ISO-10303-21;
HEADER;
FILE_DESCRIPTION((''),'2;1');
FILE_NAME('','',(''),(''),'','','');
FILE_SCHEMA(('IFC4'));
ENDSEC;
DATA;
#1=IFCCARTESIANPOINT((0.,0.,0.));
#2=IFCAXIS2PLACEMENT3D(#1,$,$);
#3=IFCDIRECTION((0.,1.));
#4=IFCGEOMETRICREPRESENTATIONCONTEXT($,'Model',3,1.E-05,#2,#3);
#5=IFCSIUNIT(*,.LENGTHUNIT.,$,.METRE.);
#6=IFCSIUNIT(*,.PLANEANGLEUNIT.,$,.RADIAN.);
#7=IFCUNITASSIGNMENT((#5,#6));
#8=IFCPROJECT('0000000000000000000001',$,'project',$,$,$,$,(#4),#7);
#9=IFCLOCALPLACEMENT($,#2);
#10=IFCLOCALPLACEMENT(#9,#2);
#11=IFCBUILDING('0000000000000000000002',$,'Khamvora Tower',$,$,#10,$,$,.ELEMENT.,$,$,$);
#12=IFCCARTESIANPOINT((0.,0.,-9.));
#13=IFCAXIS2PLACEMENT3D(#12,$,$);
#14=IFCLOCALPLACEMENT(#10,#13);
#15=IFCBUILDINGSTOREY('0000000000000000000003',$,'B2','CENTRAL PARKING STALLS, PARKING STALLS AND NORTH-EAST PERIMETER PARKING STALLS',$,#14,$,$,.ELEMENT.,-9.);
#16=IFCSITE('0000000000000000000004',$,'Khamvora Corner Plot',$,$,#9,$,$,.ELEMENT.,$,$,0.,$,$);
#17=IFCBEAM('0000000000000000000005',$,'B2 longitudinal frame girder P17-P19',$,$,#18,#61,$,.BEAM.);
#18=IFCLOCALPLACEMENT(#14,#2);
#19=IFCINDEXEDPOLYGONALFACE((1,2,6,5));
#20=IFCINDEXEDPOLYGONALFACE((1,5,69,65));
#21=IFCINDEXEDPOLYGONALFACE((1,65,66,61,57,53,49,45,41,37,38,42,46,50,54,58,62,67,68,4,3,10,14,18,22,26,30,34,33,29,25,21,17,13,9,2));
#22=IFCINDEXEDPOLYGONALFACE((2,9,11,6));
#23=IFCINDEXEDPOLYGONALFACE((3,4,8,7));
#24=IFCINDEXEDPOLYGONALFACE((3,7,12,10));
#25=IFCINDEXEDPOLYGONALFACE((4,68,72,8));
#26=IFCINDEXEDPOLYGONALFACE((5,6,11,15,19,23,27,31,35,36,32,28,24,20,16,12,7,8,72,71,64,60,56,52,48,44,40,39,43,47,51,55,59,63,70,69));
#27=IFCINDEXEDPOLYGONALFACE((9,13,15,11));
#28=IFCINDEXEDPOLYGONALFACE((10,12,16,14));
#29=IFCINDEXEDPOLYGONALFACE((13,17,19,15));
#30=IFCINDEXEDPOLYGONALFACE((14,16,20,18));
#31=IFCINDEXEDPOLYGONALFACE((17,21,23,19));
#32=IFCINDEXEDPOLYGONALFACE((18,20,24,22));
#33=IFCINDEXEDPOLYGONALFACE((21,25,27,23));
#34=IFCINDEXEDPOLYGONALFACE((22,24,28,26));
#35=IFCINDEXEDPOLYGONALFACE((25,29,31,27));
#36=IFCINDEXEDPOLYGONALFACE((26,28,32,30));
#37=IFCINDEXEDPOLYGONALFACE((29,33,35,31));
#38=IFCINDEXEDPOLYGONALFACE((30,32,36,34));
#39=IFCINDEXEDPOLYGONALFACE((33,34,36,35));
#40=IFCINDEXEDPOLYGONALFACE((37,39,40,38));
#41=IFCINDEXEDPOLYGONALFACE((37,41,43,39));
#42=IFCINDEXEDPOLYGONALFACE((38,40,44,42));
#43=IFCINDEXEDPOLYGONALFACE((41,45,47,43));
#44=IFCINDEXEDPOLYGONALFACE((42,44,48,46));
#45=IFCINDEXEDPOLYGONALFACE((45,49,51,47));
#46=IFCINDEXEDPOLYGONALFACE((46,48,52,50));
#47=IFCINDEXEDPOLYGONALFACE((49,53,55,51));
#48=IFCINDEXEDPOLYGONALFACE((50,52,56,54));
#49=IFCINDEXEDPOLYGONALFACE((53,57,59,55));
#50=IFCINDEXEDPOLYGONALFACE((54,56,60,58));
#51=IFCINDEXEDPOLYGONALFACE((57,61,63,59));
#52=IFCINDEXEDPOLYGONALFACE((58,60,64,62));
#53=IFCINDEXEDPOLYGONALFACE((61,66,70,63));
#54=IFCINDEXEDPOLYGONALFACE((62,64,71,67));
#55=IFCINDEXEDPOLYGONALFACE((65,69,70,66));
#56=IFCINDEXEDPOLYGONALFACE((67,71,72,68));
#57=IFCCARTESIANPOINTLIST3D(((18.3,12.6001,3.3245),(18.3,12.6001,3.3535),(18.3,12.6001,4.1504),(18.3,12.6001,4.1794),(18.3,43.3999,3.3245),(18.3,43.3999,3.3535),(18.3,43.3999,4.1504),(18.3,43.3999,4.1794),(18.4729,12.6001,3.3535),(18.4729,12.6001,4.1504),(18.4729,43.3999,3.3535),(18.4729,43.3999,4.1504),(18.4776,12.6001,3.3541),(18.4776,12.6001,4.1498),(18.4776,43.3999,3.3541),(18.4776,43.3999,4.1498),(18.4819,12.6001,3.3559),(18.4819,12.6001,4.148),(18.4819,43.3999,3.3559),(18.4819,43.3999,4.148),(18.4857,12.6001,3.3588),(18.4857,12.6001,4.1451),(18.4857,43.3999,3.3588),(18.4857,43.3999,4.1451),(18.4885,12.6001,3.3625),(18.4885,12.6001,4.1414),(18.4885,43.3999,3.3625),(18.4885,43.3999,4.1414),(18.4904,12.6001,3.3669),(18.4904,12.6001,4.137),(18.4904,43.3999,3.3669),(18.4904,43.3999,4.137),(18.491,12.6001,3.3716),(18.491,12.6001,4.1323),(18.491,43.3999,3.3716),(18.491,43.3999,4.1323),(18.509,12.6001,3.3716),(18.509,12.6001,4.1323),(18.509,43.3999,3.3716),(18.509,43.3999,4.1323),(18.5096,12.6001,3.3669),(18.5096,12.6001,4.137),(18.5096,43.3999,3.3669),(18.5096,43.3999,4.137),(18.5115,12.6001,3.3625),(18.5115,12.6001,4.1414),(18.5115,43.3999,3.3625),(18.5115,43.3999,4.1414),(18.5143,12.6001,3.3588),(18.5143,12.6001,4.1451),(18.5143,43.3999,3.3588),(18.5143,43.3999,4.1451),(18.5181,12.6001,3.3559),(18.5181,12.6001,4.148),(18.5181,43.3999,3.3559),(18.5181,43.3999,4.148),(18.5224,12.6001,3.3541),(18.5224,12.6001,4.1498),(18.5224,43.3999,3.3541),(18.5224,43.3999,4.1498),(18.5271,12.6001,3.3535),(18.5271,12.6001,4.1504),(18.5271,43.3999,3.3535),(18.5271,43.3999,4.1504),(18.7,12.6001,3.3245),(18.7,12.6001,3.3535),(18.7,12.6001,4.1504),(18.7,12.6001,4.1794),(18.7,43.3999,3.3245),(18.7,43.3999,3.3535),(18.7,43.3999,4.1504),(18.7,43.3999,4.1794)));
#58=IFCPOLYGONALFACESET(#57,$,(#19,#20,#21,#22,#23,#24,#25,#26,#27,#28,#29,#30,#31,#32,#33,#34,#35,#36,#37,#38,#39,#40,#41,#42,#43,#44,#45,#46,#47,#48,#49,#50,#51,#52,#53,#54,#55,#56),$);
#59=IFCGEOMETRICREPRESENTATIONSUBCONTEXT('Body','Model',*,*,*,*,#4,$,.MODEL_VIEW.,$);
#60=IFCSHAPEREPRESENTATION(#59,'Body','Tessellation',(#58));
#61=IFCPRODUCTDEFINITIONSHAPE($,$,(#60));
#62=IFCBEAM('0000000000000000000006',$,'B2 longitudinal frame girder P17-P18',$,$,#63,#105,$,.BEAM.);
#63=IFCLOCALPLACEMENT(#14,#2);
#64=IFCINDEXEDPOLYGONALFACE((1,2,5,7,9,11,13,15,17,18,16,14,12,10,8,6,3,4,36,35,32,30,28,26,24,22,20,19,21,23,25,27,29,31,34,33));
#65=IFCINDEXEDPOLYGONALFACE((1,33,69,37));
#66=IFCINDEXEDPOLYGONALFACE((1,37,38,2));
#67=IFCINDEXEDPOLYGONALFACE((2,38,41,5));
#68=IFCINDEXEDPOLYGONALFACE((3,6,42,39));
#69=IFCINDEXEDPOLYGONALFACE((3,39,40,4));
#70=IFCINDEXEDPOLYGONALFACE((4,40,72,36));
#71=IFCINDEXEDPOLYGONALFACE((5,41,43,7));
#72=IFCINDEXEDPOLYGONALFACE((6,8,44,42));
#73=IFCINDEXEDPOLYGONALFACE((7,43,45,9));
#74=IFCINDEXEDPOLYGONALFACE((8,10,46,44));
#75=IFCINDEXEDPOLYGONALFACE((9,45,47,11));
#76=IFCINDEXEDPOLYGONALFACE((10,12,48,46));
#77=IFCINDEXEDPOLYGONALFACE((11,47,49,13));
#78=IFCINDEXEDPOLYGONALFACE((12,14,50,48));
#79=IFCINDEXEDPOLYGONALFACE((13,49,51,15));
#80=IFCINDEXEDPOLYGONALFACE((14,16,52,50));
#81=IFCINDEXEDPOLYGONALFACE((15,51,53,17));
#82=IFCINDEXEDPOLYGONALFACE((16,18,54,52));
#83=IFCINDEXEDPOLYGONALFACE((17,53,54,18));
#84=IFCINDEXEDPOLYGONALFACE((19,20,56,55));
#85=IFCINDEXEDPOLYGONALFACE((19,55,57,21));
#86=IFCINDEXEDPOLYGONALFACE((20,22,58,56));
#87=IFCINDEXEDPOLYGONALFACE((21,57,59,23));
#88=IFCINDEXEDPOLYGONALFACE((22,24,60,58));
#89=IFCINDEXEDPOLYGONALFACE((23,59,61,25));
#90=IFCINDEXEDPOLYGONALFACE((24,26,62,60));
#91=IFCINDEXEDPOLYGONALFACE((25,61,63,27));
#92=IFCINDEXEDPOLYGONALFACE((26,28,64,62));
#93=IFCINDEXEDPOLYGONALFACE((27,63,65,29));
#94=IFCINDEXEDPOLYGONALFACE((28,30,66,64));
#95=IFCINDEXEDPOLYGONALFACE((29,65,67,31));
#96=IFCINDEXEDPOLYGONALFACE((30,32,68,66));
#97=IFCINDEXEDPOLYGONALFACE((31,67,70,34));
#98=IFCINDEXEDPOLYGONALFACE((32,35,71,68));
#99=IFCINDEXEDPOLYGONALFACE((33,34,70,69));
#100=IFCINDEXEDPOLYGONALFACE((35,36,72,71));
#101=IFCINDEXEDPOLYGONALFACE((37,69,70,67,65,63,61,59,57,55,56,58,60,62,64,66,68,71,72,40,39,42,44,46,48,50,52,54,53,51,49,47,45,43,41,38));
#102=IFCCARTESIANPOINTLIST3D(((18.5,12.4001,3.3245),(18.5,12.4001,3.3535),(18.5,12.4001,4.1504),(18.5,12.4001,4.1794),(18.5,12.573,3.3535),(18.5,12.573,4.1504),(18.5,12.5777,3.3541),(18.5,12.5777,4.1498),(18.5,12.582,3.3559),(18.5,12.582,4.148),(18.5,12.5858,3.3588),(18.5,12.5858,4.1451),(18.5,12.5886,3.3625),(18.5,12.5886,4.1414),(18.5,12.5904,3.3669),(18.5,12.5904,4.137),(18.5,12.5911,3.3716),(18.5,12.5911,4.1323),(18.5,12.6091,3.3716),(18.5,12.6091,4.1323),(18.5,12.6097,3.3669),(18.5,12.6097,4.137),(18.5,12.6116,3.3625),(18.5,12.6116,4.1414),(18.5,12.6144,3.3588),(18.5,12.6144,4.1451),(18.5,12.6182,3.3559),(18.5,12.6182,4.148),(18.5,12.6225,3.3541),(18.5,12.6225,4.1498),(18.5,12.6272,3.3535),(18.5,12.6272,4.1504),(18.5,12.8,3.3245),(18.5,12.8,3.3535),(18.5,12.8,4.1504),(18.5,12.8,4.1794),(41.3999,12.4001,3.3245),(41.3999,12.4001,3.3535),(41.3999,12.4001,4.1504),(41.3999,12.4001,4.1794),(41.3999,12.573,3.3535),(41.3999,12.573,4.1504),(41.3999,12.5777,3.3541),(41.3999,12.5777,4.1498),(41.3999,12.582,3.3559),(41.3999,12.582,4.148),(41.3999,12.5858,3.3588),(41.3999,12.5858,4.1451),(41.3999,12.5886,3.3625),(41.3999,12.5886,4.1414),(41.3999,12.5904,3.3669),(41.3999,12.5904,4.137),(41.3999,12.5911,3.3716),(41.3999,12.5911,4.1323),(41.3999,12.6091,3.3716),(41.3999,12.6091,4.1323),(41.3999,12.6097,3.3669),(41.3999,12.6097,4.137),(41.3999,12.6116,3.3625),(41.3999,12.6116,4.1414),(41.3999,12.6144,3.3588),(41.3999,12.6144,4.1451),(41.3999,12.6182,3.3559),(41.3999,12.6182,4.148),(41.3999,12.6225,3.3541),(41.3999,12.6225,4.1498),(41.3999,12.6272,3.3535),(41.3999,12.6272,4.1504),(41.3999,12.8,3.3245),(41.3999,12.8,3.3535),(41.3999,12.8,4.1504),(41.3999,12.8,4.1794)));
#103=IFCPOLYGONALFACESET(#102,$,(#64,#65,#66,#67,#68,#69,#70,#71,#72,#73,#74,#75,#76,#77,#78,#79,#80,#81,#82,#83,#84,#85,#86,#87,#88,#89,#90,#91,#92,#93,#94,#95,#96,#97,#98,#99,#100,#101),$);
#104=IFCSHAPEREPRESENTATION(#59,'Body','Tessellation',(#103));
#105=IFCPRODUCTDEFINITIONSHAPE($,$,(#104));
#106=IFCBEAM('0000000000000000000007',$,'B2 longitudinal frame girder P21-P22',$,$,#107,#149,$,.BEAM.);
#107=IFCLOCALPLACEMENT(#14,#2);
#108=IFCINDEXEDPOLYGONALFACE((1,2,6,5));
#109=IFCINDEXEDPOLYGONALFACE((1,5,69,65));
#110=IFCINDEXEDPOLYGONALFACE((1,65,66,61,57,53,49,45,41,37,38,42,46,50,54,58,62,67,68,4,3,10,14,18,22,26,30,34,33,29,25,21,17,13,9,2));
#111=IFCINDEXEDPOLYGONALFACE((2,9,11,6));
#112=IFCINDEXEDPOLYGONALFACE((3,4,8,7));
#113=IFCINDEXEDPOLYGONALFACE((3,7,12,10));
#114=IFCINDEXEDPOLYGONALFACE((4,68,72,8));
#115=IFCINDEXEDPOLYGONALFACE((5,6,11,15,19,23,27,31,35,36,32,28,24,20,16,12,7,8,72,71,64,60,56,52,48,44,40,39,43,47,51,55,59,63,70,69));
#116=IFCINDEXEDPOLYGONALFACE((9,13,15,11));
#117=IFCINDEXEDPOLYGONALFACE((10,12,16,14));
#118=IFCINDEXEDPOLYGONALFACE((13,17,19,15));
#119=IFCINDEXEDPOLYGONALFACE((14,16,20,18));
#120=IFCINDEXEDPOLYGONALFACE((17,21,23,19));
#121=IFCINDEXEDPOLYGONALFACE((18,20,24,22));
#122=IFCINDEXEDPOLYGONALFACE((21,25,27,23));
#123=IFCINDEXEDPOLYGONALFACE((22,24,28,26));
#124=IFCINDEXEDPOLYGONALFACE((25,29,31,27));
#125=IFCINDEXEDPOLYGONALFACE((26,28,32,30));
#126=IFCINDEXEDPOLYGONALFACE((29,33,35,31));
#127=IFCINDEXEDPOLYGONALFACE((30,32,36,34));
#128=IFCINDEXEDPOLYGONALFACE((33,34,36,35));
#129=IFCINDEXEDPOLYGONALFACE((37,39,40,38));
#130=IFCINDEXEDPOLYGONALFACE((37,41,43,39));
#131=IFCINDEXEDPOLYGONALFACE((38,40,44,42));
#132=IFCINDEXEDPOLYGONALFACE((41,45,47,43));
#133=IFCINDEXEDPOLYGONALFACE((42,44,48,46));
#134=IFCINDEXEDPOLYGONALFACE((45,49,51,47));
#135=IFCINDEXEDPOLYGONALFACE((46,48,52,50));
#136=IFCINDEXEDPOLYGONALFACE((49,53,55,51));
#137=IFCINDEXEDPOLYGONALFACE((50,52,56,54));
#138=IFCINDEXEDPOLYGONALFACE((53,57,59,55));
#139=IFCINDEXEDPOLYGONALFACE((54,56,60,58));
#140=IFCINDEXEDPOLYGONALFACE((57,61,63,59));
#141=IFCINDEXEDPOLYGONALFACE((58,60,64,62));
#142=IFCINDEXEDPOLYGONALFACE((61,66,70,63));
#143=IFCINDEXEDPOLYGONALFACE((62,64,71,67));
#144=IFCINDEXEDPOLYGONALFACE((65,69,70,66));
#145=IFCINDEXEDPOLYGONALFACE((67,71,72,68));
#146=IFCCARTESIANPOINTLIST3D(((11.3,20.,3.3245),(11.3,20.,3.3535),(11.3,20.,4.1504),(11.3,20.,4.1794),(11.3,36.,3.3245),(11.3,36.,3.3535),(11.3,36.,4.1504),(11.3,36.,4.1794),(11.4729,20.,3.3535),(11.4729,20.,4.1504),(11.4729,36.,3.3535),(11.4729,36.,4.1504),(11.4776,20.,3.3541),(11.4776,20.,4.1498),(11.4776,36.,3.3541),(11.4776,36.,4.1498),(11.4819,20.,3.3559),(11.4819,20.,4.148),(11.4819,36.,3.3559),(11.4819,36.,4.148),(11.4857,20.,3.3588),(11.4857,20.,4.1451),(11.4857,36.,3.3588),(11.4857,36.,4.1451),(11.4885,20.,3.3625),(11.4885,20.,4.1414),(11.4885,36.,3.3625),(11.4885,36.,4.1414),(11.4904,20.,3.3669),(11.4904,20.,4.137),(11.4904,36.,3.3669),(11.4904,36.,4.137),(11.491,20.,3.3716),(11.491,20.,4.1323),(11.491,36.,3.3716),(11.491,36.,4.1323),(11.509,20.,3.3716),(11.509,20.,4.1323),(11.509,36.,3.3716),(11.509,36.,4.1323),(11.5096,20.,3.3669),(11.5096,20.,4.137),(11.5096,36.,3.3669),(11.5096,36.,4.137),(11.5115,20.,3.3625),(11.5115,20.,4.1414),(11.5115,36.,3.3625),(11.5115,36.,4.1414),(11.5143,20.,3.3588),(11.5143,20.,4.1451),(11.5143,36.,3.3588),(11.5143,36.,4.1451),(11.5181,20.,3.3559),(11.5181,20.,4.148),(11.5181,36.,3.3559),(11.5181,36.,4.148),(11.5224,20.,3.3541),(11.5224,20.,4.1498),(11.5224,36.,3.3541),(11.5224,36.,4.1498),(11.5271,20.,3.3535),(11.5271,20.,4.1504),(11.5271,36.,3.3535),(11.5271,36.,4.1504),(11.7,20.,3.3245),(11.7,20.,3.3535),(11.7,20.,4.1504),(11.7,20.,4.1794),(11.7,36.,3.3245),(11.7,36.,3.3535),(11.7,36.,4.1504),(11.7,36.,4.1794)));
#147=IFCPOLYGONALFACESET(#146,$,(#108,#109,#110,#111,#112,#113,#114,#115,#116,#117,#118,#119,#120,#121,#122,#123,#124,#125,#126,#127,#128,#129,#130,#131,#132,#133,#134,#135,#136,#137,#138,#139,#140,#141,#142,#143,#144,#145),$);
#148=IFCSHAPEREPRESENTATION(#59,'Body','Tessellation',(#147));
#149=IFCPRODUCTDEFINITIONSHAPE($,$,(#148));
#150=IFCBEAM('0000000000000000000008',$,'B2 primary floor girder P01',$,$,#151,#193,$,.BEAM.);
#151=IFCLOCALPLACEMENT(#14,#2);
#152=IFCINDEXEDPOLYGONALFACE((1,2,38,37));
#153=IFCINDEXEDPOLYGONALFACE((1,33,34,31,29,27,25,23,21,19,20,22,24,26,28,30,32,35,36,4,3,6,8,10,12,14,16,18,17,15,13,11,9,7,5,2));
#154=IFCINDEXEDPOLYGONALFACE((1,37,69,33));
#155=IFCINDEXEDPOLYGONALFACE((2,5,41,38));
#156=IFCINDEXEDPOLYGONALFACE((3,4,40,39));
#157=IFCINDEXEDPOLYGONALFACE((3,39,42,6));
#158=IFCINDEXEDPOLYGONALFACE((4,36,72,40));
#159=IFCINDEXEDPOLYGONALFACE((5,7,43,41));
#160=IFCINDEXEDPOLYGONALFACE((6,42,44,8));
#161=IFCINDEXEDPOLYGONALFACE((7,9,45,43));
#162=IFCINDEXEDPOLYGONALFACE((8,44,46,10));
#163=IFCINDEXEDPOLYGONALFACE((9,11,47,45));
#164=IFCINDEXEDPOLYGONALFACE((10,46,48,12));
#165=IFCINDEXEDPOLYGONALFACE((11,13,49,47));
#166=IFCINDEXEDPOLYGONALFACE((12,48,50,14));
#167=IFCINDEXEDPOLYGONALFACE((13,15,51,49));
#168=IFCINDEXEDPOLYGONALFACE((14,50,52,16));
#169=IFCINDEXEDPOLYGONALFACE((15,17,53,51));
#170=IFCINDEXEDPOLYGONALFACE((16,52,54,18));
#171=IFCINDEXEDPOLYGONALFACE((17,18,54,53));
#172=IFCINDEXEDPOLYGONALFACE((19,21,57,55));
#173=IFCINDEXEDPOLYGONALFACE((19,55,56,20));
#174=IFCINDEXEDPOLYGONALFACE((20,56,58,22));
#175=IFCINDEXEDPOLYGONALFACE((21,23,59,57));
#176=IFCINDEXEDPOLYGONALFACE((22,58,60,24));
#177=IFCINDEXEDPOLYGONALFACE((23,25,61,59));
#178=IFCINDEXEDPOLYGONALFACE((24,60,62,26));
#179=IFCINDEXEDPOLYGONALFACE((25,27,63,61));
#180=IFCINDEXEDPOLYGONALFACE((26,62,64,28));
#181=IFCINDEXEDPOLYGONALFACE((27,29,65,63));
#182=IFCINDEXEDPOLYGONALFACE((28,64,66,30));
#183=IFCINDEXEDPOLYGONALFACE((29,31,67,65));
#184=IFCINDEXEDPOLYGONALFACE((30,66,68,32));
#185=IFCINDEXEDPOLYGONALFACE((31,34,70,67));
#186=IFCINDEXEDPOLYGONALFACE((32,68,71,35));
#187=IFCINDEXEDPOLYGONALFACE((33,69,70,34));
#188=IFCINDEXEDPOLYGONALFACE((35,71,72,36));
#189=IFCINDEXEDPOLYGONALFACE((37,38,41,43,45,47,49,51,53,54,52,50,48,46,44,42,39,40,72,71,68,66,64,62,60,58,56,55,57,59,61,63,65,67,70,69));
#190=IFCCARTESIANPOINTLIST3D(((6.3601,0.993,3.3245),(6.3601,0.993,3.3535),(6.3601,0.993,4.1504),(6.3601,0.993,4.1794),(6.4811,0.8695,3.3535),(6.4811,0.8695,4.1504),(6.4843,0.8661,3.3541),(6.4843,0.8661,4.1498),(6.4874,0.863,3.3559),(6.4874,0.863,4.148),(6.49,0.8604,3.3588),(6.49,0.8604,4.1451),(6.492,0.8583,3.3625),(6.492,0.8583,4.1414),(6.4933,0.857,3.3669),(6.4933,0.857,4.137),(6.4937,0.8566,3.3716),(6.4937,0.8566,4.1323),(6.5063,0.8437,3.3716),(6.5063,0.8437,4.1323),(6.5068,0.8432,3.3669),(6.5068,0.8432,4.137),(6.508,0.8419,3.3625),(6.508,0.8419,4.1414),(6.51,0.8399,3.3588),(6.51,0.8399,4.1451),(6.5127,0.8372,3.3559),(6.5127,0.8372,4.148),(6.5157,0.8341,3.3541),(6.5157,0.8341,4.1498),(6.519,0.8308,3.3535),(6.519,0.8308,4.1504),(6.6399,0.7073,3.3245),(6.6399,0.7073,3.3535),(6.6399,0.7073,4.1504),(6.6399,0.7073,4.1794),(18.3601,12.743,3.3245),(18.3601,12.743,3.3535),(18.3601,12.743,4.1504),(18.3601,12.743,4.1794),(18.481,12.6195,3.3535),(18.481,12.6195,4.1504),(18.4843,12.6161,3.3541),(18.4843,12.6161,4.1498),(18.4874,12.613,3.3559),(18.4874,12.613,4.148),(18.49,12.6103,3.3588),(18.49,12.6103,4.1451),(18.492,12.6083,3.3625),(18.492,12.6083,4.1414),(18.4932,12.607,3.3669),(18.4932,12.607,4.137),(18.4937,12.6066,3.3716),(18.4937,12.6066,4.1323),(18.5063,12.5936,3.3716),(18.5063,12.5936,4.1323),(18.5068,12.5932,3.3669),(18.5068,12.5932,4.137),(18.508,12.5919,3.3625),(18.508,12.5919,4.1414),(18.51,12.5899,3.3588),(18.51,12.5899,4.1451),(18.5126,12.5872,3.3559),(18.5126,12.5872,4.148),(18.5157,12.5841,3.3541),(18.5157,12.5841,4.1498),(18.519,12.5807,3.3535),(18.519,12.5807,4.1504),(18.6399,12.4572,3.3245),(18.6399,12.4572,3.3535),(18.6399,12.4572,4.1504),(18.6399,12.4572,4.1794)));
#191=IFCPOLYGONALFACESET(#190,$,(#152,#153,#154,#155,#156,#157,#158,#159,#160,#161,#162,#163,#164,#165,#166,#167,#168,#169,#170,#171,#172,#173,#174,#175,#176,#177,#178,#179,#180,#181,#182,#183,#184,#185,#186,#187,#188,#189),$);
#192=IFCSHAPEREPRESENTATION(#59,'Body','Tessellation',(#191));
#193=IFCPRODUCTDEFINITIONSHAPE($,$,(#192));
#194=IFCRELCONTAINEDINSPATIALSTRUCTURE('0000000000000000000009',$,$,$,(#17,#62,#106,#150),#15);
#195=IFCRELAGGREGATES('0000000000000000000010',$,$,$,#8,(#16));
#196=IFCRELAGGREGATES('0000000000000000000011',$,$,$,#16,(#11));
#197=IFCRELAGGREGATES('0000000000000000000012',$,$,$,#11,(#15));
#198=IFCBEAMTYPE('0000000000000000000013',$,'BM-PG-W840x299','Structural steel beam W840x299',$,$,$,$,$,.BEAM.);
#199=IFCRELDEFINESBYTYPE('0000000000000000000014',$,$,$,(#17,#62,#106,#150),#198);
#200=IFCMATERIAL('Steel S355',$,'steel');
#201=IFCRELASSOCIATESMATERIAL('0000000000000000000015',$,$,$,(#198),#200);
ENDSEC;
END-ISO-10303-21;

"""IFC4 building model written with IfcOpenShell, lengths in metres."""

from ifc_helpers import new_model, si_unit, direction, frame, origin, origin_2d, place, context, subcontext, project, spatial, i_section, extrude, material, material_profile, profile_set, type_object, element, save


model = new_model("IFC4")

# Units and contexts
model_context = context("Model", 3, precision=1e-05, world=origin(), true_north=direction((0.0, 1.0)))
body_context = subcontext(model_context, "Body", "Model", "MODEL_VIEW")
ifc_project = project(units=[si_unit("LENGTHUNIT", "METRE"), si_unit("PLANEANGLEUNIT", "RADIAN")], contexts=[model_context])

# Site, building, storey
site_placement = place(None, origin())
site = spatial("IfcSite", under=ifc_project, at=site_placement, Name="Khamvora Corner Plot", CompositionType="ELEMENT", RefElevation=0.0)
building_placement = place(site_placement, origin())
building = spatial("IfcBuilding", under=site, at=building_placement, Name="Khamvora Tower", CompositionType="ELEMENT")
storey_placement = place(building_placement, frame((0.0, 0.0, -9.0)))
storey = spatial("IfcBuildingStorey", under=building, at=storey_placement, Name="B2", Description="CENTRAL PARKING STALLS, PARKING STALLS AND NORTH-EAST PERIMETER PARKING STALLS", CompositionType="ELEMENT", Elevation=-9.0)

# Beams
ifc_material_1 = material(Name="Steel S355", Category="steel")
ifc_material_profile_1 = material_profile(ifc_material_1, i_section(OverallWidth=0.3999, OverallDepth=0.855, WebThickness=0.0181, FlangeThickness=0.0291, FilletRadius=0.0181, at=origin_2d()), Name="W840x299")
ifc_profile_set_1 = profile_set([ifc_material_profile_1], Name="Steel S355")
beam_type_1 = type_object("IfcBeamType", Name="BM-PG-W840x299", Description="Structural steel beam W840x299", PredefinedType="BEAM", material=ifc_profile_set_1)
beam_1_placement = place(storey_placement, frame((18.5, 12.6001, 3.752), z_axis=(0.0, 1.0, 0.0), x_axis=(-1.0, 0.0, 0.0)))
element("IfcBeam", 1, at=beam_1_placement, inside=storey, type_object=beam_type_1, Name="B2 longitudinal frame girder P17-P19", PredefinedType="BEAM", context=body_context, shape_type="SweptSolid", body=[
    extrude(i_section(OverallWidth=0.3999, OverallDepth=0.855, WebThickness=0.0181, FlangeThickness=0.0291, FilletRadius=0.0181, at=origin_2d()), origin(), (0.0, 0.0, 1.0), 30.7998),
])
beam_2_placement = place(storey_placement, frame((18.5, 12.6001, 3.752), z_axis=(1.0, 0.0, 0.0), x_axis=(0.0, 1.0, 0.0)))
element("IfcBeam", 2, at=beam_2_placement, inside=storey, type_object=beam_type_1, Name="B2 longitudinal frame girder P17-P18", PredefinedType="BEAM", context=body_context, shape_type="SweptSolid", body=[
    extrude(i_section(OverallWidth=0.3999, OverallDepth=0.855, WebThickness=0.0181, FlangeThickness=0.0291, FilletRadius=0.0181, at=origin_2d()), origin(), (0.0, 0.0, 1.0), 22.8999),
])
beam_3_placement = place(storey_placement, frame((11.5, 20.0, 3.752), z_axis=(0.0, 1.0, 0.0), x_axis=(-1.0, 0.0, 0.0)))
element("IfcBeam", 3, at=beam_3_placement, inside=storey, type_object=beam_type_1, Name="B2 longitudinal frame girder P21-P22", PredefinedType="BEAM", context=body_context, shape_type="SweptSolid", body=[
    extrude(i_section(OverallWidth=0.3999, OverallDepth=0.855, WebThickness=0.0181, FlangeThickness=0.0291, FilletRadius=0.0181, at=origin_2d()), origin(), (0.0, 0.0, 1.0), 16.0),
])
beam_4_placement = place(storey_placement, frame((18.5, 12.6001, 3.752), z_axis=(-0.71451, -0.699625, 0.0), x_axis=(0.699625, -0.71451, 0.0)))
element("IfcBeam", 4, at=beam_4_placement, inside=storey, type_object=beam_type_1, Name="B2 primary floor girder P01", PredefinedType="BEAM", context=body_context, shape_type="SweptSolid", body=[
    extrude(i_section(OverallWidth=0.3999, OverallDepth=0.855, WebThickness=0.0181, FlangeThickness=0.0291, FilletRadius=0.0181, at=origin_2d()), origin(), (0.0, 0.0, 1.0), 16.7947),
])

save(model, "model.ifc")
